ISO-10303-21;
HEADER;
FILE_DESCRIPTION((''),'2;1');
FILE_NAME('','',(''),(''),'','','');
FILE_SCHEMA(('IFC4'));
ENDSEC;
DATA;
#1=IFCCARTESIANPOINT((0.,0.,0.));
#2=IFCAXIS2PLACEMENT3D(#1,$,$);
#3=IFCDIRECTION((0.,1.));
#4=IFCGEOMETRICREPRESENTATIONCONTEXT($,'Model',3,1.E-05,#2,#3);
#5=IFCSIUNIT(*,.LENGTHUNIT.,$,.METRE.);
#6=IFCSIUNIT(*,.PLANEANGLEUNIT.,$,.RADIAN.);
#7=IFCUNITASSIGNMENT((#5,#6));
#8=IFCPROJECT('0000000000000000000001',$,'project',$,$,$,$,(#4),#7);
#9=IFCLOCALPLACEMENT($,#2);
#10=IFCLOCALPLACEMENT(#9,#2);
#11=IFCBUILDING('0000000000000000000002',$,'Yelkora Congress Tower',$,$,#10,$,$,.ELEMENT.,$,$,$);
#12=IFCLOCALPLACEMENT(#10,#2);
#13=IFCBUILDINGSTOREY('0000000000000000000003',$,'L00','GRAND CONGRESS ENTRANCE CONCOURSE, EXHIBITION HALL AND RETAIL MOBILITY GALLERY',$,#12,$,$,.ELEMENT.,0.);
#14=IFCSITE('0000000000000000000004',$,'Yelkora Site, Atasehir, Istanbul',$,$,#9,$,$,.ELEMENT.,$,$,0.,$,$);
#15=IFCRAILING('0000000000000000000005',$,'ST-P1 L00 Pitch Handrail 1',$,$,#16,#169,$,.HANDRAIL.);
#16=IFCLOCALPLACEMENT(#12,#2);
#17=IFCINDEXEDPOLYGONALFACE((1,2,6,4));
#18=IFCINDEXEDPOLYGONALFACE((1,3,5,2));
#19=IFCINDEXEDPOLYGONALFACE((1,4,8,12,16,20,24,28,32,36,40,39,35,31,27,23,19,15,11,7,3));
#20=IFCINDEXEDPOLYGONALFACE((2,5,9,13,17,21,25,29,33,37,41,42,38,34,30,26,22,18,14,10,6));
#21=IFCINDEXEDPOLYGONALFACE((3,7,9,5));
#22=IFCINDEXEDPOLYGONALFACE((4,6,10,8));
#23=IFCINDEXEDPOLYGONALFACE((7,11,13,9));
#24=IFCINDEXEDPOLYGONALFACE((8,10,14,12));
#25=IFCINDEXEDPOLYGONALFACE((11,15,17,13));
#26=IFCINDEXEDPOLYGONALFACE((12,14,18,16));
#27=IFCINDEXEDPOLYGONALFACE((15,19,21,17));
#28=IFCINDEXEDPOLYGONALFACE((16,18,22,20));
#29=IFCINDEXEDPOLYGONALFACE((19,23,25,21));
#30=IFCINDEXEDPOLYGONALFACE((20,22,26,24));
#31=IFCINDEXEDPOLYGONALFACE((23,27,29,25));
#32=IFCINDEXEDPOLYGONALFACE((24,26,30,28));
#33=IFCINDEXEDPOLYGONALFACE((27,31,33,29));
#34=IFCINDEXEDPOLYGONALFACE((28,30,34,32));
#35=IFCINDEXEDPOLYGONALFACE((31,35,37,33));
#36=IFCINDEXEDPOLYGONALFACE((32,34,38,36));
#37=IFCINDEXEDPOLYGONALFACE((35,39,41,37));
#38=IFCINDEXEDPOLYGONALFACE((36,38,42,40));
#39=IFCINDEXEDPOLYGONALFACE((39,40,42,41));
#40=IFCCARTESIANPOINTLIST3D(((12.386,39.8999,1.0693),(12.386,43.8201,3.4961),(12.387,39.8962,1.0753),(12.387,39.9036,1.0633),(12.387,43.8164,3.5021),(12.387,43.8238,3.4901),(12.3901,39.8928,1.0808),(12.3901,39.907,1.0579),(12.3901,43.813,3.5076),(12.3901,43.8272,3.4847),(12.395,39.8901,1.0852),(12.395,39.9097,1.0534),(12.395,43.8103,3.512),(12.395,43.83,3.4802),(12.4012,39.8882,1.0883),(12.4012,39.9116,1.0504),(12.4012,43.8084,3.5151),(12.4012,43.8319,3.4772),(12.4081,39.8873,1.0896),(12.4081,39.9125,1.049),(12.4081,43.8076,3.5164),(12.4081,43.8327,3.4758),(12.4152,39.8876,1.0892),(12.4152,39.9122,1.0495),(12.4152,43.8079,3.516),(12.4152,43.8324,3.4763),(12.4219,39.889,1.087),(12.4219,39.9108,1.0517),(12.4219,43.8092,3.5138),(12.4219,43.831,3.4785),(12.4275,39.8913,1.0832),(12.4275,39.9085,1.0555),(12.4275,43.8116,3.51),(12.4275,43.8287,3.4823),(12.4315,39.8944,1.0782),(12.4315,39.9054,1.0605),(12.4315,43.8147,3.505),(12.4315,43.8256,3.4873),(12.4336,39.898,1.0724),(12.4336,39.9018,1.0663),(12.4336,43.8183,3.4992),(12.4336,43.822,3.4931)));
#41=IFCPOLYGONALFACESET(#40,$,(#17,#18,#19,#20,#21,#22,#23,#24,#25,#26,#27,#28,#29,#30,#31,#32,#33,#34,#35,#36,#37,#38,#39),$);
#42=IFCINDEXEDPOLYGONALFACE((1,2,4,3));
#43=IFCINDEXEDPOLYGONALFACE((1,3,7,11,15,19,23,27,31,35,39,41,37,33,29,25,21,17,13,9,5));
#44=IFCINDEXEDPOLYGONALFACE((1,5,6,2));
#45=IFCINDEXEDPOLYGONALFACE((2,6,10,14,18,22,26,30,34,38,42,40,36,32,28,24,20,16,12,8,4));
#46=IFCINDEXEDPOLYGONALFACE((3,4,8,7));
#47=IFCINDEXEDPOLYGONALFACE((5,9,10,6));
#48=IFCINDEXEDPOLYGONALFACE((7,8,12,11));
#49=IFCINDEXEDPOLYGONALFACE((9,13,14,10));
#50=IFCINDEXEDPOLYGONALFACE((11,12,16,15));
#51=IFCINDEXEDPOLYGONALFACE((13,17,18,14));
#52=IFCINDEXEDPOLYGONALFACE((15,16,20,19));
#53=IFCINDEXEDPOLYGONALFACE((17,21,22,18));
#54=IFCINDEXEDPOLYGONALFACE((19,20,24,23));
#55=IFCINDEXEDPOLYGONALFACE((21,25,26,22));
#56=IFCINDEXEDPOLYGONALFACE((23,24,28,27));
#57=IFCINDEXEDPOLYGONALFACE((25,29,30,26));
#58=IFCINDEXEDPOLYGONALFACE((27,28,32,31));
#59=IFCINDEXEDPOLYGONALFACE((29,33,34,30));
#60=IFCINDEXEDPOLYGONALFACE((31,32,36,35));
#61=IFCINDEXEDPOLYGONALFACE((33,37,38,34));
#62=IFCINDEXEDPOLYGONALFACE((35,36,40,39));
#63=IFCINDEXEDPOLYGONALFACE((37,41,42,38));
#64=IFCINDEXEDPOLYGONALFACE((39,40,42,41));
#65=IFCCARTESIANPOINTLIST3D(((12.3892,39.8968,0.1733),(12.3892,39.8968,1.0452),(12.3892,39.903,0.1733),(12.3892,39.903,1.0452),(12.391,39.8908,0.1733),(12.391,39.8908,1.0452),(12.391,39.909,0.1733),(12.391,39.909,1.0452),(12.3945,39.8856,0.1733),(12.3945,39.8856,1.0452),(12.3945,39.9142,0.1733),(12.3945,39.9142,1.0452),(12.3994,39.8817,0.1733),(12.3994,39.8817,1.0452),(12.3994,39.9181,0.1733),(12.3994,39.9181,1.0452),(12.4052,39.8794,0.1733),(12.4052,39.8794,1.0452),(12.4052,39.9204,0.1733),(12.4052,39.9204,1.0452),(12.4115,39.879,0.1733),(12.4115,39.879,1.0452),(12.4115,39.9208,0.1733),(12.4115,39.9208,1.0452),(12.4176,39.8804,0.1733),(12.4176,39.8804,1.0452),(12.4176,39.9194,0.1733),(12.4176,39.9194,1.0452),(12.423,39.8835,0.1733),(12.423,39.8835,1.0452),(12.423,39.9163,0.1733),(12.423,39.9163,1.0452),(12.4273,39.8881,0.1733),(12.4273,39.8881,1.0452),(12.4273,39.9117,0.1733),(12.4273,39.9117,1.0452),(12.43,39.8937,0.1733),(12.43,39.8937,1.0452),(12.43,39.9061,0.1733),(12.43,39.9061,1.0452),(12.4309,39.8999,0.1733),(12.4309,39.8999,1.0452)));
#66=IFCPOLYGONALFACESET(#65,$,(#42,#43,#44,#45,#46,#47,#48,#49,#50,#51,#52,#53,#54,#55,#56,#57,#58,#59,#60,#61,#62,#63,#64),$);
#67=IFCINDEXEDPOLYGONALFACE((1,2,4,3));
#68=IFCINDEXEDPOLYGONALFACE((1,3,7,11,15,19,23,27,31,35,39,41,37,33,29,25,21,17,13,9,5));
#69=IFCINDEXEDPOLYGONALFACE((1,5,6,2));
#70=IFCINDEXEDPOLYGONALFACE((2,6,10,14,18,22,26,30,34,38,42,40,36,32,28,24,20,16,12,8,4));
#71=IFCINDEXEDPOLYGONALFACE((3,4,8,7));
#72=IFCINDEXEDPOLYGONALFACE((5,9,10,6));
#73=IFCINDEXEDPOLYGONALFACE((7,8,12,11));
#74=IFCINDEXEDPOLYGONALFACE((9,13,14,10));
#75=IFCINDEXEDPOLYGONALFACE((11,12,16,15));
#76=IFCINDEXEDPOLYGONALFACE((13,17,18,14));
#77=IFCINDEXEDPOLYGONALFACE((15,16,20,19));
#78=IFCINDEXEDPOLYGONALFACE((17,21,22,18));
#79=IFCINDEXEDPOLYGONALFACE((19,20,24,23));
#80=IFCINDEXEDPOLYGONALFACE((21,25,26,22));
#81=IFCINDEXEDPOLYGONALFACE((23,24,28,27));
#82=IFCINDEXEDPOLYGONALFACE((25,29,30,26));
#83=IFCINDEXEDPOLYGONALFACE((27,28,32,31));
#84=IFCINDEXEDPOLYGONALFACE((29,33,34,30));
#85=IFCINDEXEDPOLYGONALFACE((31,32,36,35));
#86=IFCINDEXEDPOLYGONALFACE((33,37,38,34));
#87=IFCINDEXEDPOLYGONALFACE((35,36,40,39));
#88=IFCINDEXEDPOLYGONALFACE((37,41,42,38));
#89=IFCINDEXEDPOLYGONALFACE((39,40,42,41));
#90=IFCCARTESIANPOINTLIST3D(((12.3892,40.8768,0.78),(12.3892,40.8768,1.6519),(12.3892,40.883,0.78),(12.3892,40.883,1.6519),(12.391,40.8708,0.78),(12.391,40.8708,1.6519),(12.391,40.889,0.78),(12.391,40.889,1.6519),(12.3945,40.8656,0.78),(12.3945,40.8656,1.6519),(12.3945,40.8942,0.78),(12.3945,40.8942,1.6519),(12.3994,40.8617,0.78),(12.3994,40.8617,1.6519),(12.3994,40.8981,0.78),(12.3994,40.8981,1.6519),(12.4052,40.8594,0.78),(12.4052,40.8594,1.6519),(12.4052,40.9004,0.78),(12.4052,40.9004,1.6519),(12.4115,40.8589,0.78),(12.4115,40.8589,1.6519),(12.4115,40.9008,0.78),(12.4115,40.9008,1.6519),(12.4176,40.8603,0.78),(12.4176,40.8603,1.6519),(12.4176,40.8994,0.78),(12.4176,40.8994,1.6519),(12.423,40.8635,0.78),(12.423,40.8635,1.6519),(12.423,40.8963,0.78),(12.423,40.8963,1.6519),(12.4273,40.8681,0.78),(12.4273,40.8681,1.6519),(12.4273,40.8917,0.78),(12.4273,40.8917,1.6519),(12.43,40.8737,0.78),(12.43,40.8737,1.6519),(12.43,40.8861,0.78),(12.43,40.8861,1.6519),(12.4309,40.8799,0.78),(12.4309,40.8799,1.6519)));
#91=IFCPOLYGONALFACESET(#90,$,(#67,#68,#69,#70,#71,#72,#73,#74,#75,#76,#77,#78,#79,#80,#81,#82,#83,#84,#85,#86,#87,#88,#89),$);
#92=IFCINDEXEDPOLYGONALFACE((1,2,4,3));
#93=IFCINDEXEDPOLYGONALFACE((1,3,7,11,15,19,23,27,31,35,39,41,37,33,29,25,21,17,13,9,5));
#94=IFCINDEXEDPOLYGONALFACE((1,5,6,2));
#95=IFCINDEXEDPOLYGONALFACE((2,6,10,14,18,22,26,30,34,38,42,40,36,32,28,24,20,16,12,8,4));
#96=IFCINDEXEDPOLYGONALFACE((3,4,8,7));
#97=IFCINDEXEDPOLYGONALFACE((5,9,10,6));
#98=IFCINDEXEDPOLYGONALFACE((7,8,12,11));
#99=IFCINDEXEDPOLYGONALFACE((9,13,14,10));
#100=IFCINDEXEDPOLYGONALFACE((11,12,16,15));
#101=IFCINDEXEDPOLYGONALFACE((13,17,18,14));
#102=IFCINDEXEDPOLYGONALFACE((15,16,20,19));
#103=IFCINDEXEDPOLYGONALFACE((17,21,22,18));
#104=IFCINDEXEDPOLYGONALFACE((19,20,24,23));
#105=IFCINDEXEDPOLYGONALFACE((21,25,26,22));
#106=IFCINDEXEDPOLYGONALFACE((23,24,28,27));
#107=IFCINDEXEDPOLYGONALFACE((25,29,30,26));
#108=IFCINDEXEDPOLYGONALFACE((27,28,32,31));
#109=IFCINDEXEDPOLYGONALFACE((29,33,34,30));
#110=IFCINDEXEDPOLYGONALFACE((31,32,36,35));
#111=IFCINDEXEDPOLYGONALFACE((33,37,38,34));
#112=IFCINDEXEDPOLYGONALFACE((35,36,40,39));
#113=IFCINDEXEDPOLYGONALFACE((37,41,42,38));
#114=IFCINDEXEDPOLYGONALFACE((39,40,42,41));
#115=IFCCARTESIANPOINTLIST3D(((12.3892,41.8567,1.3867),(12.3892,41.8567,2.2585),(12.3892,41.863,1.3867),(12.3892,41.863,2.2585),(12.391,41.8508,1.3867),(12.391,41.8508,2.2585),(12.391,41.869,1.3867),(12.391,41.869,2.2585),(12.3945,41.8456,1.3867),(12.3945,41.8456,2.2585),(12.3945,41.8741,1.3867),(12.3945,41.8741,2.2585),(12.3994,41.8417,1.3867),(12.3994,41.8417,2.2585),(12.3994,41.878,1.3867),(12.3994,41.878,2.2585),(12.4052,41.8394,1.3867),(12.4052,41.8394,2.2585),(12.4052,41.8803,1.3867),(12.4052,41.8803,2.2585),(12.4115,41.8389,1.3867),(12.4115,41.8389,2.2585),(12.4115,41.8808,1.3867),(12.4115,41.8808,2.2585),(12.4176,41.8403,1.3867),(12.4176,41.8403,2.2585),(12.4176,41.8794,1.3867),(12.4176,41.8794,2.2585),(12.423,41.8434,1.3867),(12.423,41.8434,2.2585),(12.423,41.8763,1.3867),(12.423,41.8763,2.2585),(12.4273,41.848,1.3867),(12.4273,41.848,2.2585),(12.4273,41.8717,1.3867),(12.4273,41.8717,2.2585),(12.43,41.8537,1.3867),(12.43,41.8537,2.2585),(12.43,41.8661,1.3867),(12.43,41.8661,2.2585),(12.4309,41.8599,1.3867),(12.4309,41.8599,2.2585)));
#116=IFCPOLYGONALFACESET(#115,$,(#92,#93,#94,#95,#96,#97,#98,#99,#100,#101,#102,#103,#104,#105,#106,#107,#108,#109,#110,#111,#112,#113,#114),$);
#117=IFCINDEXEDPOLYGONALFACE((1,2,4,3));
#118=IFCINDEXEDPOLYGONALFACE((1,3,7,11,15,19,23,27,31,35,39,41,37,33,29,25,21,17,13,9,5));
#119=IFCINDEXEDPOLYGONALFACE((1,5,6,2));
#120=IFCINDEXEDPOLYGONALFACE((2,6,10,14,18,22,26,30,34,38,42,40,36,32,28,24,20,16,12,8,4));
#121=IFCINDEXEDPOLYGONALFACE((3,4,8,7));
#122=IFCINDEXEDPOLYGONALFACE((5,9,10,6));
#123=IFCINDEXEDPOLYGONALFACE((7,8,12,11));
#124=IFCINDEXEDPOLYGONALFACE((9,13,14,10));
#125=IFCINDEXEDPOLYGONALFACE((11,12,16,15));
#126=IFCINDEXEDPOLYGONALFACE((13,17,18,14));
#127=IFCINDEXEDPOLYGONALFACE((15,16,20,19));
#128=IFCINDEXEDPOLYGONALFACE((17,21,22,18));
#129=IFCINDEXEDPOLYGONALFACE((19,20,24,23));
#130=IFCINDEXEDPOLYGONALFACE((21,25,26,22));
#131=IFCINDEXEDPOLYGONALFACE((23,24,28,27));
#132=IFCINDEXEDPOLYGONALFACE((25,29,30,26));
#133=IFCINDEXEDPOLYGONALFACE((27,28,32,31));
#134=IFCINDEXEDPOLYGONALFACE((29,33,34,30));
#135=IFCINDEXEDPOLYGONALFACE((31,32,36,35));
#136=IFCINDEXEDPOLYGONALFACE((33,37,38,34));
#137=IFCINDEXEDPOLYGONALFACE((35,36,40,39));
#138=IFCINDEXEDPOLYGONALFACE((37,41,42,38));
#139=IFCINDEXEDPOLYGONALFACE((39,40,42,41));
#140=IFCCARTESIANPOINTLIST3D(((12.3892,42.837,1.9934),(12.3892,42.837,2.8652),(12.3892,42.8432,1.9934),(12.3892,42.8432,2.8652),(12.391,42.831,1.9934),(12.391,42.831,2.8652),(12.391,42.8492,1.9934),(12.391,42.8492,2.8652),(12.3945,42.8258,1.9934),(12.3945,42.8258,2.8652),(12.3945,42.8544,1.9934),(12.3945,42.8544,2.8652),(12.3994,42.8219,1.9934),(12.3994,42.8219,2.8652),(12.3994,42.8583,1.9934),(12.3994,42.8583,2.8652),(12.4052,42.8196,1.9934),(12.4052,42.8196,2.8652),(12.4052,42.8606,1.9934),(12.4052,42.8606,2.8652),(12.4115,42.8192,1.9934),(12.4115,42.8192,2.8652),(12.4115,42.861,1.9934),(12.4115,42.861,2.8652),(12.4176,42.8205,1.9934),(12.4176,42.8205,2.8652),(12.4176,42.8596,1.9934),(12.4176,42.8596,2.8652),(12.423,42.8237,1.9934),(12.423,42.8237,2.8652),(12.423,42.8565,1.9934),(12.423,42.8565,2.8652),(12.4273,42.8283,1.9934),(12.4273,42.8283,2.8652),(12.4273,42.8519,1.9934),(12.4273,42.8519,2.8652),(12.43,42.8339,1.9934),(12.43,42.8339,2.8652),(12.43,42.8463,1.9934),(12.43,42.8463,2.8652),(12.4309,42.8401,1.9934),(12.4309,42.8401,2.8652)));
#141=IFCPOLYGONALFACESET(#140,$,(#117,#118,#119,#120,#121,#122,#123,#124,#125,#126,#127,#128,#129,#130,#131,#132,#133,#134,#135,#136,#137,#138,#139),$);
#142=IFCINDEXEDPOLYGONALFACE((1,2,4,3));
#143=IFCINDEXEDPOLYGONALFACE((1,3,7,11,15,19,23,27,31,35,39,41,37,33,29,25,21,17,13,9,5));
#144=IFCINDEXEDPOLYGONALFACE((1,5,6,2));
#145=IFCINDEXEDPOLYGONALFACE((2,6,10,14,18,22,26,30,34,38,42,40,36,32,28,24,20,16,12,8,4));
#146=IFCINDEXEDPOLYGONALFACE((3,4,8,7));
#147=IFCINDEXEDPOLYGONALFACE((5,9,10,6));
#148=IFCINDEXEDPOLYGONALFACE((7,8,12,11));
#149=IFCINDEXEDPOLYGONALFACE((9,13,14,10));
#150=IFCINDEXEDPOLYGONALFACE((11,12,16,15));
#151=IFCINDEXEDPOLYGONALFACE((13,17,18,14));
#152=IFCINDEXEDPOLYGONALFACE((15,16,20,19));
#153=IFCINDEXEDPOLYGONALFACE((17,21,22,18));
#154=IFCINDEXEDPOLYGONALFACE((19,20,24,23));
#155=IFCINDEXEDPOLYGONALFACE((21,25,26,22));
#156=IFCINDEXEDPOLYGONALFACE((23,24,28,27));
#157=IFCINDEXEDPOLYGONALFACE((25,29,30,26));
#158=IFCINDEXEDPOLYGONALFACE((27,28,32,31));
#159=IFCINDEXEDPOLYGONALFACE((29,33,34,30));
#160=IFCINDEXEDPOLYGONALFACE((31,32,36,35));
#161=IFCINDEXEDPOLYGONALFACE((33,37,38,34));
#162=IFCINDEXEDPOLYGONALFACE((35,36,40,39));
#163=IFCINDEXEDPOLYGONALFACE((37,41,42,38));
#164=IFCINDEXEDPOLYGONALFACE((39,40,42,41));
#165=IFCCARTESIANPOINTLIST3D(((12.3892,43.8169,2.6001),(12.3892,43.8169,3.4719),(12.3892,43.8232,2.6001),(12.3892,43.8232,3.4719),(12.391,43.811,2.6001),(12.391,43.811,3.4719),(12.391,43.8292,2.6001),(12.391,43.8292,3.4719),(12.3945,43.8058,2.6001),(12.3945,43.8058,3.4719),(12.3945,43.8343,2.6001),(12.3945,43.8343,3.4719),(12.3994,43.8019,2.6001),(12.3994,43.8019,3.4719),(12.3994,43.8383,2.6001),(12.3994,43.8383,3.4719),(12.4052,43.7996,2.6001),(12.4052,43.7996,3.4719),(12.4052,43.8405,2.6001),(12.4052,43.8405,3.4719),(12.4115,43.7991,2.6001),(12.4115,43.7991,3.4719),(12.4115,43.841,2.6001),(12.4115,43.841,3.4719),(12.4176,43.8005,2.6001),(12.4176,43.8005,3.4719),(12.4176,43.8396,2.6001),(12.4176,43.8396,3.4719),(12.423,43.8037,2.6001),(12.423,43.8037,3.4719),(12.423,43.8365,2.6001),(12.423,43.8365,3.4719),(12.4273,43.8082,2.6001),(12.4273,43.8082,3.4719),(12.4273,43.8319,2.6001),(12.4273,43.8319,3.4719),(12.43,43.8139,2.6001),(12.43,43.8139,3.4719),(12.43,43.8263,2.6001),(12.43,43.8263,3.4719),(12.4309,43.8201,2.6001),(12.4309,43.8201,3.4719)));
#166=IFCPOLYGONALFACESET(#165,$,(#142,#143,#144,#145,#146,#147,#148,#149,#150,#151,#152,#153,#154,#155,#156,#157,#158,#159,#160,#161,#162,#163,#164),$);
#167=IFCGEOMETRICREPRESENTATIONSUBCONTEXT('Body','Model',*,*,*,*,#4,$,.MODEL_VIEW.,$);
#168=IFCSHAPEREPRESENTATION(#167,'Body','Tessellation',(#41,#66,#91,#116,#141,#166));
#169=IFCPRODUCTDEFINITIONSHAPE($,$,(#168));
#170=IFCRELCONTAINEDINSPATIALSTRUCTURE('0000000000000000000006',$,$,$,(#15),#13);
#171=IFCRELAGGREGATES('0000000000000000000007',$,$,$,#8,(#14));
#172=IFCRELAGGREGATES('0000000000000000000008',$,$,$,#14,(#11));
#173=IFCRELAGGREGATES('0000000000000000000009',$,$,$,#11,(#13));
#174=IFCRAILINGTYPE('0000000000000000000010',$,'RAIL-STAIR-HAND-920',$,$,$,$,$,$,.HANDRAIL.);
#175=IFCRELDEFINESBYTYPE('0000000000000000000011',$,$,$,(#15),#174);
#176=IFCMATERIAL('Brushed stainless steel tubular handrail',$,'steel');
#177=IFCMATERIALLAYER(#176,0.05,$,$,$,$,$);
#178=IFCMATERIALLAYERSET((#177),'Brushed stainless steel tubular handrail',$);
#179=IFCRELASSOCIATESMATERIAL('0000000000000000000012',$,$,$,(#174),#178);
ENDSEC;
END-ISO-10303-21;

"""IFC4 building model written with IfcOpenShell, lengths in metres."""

from ifc_helpers import new_model, si_unit, direction, frame, origin, origin_2d, place, context, subcontext, project, spatial, circle, extrude, material, layer, layer_set, type_object, element, save


model = new_model("IFC4")

# Units and contexts
model_context = context("Model", 3, precision=1e-05, world=origin(), true_north=direction((0.0, 1.0)))
body_context = subcontext(model_context, "Body", "Model", "MODEL_VIEW")
ifc_project = project(units=[si_unit("LENGTHUNIT", "METRE"), si_unit("PLANEANGLEUNIT", "RADIAN")], contexts=[model_context])

# Site, building, storey
site_placement = place(None, origin())
site = spatial("IfcSite", under=ifc_project, at=site_placement, Name="Yelkora Site, Atasehir, Istanbul", CompositionType="ELEMENT", RefElevation=0.0)
building_placement = place(site_placement, origin())
building = spatial("IfcBuilding", under=site, at=building_placement, Name="Yelkora Congress Tower", CompositionType="ELEMENT")
storey_placement = place(building_placement, origin())
storey = spatial("IfcBuildingStorey", under=building, at=storey_placement, Name="L00", Description="GRAND CONGRESS ENTRANCE CONCOURSE, EXHIBITION HALL AND RETAIL MOBILITY GALLERY", CompositionType="ELEMENT", Elevation=0.0)

# Railing
ifc_material_1 = material(Name="Brushed stainless steel tubular handrail", Category="steel")
ifc_layer_1 = layer(ifc_material_1, 0.05)
ifc_layer_set_1 = layer_set([ifc_layer_1], Name="Brushed stainless steel tubular handrail")
railing_type_1 = type_object("IfcRailingType", Name="RAIL-STAIR-HAND-920", PredefinedType="HANDRAIL", material=ifc_layer_set_1)
railing_1_placement = place(storey_placement, frame((12.4099, 39.8999, 0.1733)))
element("IfcRailing", 1, at=railing_1_placement, inside=storey, type_object=railing_type_1, Name="ST-P1 L00 Pitch Handrail 1", PredefinedType="HANDRAIL", context=body_context, shape_type="SweptSolid", body=[
    extrude(circle(Radius=0.0239, at=origin_2d()), frame((0.0, 0.0, 0.896), z_axis=(0.0, 0.850266, 0.526353), x_axis=(-1.0, 0.0, 0.0)), (0.0, 0.0, 1.0), 4.6106),
    extrude(circle(Radius=0.021, at=origin_2d()), origin(), (0.0, 0.0, 1.0), 0.8718),
    extrude(circle(Radius=0.021, at=origin_2d()), frame((0.0, 0.98, 0.6067)), (0.0, 0.0, 1.0), 0.8718),
    extrude(circle(Radius=0.021, at=origin_2d()), frame((0.0, 1.96, 1.2134)), (0.0, 0.0, 1.0), 0.8718),
    extrude(circle(Radius=0.021, at=origin_2d()), frame((0.0, 2.9402, 1.8201)), (0.0, 0.0, 1.0), 0.8718),
    extrude(circle(Radius=0.021, at=origin_2d()), frame((0.0, 3.9202, 2.4268)), (0.0, 0.0, 1.0), 0.8718),
])

save(model, "model.ifc")
